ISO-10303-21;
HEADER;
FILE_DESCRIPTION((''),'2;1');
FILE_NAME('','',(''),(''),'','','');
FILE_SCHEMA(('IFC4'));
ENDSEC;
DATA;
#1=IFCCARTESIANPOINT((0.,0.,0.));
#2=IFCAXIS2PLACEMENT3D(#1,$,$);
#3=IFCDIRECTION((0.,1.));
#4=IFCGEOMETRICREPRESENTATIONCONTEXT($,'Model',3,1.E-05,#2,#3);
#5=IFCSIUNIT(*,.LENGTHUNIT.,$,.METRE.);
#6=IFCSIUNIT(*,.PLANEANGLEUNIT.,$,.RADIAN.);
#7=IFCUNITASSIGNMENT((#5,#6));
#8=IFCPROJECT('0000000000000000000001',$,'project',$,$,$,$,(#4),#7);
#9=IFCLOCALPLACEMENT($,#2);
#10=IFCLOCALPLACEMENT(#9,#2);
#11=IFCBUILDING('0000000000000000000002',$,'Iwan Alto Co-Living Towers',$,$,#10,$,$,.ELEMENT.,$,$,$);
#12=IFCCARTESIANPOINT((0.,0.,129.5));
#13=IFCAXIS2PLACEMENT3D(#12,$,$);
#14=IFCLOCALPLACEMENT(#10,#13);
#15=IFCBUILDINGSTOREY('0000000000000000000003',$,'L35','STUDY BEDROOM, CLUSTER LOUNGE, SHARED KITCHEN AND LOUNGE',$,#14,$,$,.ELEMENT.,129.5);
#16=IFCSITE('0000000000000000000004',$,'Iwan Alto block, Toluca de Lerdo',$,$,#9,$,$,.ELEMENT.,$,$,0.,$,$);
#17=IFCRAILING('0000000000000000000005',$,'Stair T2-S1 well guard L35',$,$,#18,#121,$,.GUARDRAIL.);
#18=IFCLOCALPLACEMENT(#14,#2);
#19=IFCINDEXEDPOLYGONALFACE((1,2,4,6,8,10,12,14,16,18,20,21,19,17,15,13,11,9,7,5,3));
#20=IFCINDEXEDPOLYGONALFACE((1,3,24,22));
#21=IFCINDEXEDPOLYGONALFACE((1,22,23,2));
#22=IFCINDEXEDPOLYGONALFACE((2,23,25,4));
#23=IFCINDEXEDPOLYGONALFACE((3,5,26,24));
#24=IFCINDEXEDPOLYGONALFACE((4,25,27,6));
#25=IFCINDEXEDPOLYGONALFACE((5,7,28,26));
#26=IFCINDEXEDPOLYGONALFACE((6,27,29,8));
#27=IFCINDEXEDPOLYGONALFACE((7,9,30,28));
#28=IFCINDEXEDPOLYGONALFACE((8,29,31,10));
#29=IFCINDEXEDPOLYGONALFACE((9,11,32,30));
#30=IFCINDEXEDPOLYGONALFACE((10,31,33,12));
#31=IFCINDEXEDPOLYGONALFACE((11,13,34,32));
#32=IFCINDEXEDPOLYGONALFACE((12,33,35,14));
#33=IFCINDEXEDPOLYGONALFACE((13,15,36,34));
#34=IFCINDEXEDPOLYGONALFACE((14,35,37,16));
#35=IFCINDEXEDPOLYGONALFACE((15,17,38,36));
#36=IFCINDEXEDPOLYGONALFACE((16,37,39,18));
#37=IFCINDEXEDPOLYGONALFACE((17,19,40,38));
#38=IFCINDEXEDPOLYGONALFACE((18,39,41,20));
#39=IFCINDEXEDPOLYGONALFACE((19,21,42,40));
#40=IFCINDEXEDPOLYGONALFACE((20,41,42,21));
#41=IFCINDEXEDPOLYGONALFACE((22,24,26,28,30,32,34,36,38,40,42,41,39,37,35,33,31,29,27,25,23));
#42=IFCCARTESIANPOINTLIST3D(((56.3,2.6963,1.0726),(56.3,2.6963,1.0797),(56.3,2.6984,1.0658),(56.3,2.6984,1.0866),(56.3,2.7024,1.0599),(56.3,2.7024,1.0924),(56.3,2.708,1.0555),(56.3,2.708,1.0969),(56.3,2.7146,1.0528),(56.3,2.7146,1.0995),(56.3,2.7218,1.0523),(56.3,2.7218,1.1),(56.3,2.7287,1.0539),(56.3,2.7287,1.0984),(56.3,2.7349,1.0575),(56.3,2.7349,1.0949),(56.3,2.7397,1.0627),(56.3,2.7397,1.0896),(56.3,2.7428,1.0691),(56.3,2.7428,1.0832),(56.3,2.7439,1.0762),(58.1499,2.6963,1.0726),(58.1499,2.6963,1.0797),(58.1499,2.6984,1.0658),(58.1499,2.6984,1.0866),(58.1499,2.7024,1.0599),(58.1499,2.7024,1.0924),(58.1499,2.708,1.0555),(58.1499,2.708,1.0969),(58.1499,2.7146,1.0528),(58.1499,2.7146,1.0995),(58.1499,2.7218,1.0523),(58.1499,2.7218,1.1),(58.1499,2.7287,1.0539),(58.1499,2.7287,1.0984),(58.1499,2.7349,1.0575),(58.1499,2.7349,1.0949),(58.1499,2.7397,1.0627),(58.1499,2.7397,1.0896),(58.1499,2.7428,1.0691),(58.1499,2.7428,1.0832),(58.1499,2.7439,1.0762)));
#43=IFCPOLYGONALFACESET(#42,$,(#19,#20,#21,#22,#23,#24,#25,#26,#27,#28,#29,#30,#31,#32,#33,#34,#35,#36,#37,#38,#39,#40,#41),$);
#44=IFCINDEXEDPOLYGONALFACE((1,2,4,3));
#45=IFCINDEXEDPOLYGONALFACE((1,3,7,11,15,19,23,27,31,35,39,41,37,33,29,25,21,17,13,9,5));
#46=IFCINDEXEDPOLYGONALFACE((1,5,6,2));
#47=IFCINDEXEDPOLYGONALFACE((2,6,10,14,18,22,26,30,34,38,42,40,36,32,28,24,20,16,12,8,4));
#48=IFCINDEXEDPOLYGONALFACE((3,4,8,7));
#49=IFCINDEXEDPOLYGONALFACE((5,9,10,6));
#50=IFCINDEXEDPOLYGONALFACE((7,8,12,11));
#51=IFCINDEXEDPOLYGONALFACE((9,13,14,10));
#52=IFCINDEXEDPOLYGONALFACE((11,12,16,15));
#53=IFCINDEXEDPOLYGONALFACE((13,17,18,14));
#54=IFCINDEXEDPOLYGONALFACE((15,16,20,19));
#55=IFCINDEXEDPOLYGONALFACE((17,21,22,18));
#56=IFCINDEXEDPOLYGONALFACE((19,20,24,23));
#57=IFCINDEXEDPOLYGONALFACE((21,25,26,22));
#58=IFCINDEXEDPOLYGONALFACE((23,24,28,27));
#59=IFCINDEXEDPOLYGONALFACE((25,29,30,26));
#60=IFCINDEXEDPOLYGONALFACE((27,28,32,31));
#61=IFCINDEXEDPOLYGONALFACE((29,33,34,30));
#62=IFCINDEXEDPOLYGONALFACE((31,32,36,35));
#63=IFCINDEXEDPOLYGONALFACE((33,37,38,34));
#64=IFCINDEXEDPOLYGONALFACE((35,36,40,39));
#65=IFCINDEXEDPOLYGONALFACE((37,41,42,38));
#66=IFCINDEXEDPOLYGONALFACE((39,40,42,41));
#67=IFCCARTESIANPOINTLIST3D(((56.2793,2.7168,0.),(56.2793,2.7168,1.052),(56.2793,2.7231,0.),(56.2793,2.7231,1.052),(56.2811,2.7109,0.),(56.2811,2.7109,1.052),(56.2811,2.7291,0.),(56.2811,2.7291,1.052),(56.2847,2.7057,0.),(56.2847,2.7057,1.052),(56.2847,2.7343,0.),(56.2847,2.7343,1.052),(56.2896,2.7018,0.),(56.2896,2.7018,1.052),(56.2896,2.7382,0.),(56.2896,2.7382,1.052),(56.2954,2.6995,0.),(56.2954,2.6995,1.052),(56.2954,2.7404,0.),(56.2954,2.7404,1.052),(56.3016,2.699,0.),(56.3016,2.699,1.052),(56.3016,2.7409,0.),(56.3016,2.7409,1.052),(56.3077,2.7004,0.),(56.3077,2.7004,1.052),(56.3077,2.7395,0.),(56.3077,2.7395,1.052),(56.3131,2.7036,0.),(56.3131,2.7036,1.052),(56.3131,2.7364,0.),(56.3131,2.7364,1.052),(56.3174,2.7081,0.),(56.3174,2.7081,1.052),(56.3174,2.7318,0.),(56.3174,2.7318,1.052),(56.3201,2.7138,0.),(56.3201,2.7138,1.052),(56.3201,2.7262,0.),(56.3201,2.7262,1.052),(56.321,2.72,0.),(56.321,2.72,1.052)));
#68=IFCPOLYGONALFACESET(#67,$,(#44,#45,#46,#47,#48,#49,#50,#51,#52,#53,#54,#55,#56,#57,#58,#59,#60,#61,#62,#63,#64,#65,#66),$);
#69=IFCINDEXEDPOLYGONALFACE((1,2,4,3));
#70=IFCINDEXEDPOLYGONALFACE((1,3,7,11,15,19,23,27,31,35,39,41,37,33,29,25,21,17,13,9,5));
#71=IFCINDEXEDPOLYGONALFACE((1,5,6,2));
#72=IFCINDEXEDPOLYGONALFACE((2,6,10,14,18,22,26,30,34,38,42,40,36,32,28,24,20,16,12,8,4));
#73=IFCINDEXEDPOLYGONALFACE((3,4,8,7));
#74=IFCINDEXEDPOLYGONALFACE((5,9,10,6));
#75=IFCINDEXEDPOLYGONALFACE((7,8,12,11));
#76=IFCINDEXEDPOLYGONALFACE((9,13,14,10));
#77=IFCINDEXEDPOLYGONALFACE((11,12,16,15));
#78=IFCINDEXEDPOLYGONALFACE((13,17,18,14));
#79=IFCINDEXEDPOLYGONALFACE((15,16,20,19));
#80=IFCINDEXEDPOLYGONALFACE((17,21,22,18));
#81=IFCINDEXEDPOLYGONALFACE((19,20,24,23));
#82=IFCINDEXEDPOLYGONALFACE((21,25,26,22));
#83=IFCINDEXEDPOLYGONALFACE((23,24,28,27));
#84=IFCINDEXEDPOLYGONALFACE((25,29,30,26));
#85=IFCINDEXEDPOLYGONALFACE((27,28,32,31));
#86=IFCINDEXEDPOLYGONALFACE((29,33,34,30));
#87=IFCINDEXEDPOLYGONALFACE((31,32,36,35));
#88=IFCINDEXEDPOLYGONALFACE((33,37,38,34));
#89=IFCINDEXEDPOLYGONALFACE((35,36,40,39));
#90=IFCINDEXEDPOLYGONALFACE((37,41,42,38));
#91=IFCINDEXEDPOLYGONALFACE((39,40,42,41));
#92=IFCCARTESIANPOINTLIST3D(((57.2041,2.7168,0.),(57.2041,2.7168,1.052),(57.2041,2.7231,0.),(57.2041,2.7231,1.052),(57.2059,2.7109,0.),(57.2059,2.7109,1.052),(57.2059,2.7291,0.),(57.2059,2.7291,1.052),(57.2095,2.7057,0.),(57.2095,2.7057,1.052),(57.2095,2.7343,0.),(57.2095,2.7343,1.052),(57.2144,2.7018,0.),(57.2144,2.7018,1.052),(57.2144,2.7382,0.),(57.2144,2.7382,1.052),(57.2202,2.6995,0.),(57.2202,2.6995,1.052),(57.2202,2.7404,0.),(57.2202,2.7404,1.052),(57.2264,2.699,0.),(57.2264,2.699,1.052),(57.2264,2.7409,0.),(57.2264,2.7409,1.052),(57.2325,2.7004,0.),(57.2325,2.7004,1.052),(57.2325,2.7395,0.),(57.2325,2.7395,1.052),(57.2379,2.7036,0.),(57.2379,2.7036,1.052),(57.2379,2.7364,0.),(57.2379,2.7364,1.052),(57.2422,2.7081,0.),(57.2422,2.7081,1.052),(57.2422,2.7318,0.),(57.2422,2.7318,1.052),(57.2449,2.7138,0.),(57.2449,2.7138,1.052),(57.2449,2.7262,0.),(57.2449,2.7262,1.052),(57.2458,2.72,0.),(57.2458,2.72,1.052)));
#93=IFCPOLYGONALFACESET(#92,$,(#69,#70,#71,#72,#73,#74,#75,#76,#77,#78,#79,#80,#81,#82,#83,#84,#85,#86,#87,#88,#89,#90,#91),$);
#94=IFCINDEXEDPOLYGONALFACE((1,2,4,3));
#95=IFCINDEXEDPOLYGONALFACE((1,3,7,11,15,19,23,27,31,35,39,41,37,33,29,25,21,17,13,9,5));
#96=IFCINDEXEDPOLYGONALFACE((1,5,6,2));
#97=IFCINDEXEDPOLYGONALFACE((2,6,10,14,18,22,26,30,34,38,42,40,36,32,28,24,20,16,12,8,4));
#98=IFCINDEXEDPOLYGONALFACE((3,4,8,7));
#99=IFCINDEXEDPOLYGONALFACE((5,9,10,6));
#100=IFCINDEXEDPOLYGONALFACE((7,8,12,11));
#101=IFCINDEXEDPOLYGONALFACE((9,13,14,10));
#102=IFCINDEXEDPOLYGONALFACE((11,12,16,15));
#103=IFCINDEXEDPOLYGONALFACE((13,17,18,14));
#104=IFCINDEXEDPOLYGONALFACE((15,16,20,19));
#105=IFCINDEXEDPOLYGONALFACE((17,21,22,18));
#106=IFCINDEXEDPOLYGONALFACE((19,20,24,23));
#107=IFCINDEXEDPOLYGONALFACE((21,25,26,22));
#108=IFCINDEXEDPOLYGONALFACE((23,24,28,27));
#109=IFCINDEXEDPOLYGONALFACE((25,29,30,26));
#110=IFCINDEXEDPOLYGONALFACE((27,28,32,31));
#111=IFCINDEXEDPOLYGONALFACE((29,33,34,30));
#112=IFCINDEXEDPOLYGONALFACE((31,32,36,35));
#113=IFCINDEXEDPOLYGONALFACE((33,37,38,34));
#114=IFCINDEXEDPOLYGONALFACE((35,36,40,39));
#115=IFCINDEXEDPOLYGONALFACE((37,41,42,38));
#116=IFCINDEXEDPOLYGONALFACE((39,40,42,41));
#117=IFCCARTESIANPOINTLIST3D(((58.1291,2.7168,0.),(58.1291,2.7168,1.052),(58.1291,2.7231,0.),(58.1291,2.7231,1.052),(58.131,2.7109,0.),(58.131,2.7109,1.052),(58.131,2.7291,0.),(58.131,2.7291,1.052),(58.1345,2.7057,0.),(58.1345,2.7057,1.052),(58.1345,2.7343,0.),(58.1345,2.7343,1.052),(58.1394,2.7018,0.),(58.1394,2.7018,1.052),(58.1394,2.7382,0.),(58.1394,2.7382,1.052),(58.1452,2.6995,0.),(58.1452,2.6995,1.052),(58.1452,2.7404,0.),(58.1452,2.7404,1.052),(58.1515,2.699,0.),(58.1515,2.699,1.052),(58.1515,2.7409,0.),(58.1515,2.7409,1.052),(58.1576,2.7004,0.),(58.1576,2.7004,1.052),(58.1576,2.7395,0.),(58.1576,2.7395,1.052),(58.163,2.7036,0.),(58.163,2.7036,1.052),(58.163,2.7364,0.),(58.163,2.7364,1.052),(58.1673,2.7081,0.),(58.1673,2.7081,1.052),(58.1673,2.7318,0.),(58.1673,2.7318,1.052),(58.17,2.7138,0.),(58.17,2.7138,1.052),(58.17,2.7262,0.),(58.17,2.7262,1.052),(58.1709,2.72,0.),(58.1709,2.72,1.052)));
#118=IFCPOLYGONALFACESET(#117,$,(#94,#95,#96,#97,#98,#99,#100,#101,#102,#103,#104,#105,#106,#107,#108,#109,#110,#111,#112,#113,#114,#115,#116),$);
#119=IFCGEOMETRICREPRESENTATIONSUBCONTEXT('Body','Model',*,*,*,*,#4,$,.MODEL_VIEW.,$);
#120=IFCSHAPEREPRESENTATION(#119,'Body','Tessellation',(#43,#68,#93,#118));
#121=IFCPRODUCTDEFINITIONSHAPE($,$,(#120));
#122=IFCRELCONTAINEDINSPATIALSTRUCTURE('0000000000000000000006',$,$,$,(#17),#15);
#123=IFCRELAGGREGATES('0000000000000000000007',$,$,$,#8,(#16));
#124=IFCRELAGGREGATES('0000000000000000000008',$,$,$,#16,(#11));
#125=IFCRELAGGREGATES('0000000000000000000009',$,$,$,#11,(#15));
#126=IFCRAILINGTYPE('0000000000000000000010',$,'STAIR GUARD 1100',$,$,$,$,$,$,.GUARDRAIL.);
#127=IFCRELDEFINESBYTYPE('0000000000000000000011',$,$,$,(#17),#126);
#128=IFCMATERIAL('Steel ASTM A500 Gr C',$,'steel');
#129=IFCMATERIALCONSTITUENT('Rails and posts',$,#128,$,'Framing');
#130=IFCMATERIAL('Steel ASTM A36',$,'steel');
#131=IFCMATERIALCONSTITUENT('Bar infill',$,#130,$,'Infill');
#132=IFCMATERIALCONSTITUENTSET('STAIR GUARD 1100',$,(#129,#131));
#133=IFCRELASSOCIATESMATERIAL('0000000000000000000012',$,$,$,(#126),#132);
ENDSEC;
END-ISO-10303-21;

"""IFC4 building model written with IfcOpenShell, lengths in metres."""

from ifc_helpers import new_model, si_unit, direction, frame, origin, origin_2d, place, context, subcontext, project, spatial, circle, extrude, material, constituent, constituent_set, type_object, element, save


model = new_model("IFC4")

# Units and contexts
model_context = context("Model", 3, precision=1e-05, world=origin(), true_north=direction((0.0, 1.0)))
body_context = subcontext(model_context, "Body", "Model", "MODEL_VIEW")
ifc_project = project(units=[si_unit("LENGTHUNIT", "METRE"), si_unit("PLANEANGLEUNIT", "RADIAN")], contexts=[model_context])

# Site, building, storey
site_placement = place(None, origin())
site = spatial("IfcSite", under=ifc_project, at=site_placement, Name="Iwan Alto block, Toluca de Lerdo", CompositionType="ELEMENT", RefElevation=0.0)
building_placement = place(site_placement, origin())
building = spatial("IfcBuilding", under=site, at=building_placement, Name="Iwan Alto Co-Living Towers", CompositionType="ELEMENT")
storey_placement = place(building_placement, frame((0.0, 0.0, 129.5)))
storey = spatial("IfcBuildingStorey", under=building, at=storey_placement, Name="L35", Description="STUDY BEDROOM, CLUSTER LOUNGE, SHARED KITCHEN AND LOUNGE", CompositionType="ELEMENT", Elevation=129.5)

# Railing
ifc_material_1 = material(Name="Steel ASTM A500 Gr C", Category="steel")
ifc_constituent_1 = constituent(ifc_material_1, Name="Rails and posts", Category="Framing")
ifc_material_2 = material(Name="Steel ASTM A36", Category="steel")
ifc_constituent_2 = constituent(ifc_material_2, Name="Bar infill", Category="Infill")
ifc_constituent_set = constituent_set(constituents=[ifc_constituent_1, ifc_constituent_2], Name="STAIR GUARD 1100")
railing_type = type_object("IfcRailingType", Name="STAIR GUARD 1100", PredefinedType="GUARDRAIL", material=ifc_constituent_set)
railing_placement = place(storey_placement, frame((56.3, 2.72, 0.0)))
element("IfcRailing", 1, at=railing_placement, inside=storey, type_object=railing_type, Name="Stair T2-S1 well guard L35", PredefinedType="GUARDRAIL", context=body_context, shape_type="SweptSolid", body=[
    extrude(circle(Radius=0.0239, at=origin_2d()), frame((0.0, 0.0, 1.0762), z_axis=(1.0, 0.0, 0.0), x_axis=(0.0, 1.0, 0.0)), (0.0, 0.0, 1.0), 1.8499),
    extrude(circle(Radius=0.021, at=origin_2d()), origin(), (0.0, 0.0, 1.0), 1.052),
    extrude(circle(Radius=0.021, at=origin_2d()), frame((0.9248, 0.0, 0.0)), (0.0, 0.0, 1.0), 1.052),
    extrude(circle(Radius=0.021, at=origin_2d()), frame((1.8499, 0.0, 0.0)), (0.0, 0.0, 1.0), 1.052),
])

save(model, "model.ifc")
